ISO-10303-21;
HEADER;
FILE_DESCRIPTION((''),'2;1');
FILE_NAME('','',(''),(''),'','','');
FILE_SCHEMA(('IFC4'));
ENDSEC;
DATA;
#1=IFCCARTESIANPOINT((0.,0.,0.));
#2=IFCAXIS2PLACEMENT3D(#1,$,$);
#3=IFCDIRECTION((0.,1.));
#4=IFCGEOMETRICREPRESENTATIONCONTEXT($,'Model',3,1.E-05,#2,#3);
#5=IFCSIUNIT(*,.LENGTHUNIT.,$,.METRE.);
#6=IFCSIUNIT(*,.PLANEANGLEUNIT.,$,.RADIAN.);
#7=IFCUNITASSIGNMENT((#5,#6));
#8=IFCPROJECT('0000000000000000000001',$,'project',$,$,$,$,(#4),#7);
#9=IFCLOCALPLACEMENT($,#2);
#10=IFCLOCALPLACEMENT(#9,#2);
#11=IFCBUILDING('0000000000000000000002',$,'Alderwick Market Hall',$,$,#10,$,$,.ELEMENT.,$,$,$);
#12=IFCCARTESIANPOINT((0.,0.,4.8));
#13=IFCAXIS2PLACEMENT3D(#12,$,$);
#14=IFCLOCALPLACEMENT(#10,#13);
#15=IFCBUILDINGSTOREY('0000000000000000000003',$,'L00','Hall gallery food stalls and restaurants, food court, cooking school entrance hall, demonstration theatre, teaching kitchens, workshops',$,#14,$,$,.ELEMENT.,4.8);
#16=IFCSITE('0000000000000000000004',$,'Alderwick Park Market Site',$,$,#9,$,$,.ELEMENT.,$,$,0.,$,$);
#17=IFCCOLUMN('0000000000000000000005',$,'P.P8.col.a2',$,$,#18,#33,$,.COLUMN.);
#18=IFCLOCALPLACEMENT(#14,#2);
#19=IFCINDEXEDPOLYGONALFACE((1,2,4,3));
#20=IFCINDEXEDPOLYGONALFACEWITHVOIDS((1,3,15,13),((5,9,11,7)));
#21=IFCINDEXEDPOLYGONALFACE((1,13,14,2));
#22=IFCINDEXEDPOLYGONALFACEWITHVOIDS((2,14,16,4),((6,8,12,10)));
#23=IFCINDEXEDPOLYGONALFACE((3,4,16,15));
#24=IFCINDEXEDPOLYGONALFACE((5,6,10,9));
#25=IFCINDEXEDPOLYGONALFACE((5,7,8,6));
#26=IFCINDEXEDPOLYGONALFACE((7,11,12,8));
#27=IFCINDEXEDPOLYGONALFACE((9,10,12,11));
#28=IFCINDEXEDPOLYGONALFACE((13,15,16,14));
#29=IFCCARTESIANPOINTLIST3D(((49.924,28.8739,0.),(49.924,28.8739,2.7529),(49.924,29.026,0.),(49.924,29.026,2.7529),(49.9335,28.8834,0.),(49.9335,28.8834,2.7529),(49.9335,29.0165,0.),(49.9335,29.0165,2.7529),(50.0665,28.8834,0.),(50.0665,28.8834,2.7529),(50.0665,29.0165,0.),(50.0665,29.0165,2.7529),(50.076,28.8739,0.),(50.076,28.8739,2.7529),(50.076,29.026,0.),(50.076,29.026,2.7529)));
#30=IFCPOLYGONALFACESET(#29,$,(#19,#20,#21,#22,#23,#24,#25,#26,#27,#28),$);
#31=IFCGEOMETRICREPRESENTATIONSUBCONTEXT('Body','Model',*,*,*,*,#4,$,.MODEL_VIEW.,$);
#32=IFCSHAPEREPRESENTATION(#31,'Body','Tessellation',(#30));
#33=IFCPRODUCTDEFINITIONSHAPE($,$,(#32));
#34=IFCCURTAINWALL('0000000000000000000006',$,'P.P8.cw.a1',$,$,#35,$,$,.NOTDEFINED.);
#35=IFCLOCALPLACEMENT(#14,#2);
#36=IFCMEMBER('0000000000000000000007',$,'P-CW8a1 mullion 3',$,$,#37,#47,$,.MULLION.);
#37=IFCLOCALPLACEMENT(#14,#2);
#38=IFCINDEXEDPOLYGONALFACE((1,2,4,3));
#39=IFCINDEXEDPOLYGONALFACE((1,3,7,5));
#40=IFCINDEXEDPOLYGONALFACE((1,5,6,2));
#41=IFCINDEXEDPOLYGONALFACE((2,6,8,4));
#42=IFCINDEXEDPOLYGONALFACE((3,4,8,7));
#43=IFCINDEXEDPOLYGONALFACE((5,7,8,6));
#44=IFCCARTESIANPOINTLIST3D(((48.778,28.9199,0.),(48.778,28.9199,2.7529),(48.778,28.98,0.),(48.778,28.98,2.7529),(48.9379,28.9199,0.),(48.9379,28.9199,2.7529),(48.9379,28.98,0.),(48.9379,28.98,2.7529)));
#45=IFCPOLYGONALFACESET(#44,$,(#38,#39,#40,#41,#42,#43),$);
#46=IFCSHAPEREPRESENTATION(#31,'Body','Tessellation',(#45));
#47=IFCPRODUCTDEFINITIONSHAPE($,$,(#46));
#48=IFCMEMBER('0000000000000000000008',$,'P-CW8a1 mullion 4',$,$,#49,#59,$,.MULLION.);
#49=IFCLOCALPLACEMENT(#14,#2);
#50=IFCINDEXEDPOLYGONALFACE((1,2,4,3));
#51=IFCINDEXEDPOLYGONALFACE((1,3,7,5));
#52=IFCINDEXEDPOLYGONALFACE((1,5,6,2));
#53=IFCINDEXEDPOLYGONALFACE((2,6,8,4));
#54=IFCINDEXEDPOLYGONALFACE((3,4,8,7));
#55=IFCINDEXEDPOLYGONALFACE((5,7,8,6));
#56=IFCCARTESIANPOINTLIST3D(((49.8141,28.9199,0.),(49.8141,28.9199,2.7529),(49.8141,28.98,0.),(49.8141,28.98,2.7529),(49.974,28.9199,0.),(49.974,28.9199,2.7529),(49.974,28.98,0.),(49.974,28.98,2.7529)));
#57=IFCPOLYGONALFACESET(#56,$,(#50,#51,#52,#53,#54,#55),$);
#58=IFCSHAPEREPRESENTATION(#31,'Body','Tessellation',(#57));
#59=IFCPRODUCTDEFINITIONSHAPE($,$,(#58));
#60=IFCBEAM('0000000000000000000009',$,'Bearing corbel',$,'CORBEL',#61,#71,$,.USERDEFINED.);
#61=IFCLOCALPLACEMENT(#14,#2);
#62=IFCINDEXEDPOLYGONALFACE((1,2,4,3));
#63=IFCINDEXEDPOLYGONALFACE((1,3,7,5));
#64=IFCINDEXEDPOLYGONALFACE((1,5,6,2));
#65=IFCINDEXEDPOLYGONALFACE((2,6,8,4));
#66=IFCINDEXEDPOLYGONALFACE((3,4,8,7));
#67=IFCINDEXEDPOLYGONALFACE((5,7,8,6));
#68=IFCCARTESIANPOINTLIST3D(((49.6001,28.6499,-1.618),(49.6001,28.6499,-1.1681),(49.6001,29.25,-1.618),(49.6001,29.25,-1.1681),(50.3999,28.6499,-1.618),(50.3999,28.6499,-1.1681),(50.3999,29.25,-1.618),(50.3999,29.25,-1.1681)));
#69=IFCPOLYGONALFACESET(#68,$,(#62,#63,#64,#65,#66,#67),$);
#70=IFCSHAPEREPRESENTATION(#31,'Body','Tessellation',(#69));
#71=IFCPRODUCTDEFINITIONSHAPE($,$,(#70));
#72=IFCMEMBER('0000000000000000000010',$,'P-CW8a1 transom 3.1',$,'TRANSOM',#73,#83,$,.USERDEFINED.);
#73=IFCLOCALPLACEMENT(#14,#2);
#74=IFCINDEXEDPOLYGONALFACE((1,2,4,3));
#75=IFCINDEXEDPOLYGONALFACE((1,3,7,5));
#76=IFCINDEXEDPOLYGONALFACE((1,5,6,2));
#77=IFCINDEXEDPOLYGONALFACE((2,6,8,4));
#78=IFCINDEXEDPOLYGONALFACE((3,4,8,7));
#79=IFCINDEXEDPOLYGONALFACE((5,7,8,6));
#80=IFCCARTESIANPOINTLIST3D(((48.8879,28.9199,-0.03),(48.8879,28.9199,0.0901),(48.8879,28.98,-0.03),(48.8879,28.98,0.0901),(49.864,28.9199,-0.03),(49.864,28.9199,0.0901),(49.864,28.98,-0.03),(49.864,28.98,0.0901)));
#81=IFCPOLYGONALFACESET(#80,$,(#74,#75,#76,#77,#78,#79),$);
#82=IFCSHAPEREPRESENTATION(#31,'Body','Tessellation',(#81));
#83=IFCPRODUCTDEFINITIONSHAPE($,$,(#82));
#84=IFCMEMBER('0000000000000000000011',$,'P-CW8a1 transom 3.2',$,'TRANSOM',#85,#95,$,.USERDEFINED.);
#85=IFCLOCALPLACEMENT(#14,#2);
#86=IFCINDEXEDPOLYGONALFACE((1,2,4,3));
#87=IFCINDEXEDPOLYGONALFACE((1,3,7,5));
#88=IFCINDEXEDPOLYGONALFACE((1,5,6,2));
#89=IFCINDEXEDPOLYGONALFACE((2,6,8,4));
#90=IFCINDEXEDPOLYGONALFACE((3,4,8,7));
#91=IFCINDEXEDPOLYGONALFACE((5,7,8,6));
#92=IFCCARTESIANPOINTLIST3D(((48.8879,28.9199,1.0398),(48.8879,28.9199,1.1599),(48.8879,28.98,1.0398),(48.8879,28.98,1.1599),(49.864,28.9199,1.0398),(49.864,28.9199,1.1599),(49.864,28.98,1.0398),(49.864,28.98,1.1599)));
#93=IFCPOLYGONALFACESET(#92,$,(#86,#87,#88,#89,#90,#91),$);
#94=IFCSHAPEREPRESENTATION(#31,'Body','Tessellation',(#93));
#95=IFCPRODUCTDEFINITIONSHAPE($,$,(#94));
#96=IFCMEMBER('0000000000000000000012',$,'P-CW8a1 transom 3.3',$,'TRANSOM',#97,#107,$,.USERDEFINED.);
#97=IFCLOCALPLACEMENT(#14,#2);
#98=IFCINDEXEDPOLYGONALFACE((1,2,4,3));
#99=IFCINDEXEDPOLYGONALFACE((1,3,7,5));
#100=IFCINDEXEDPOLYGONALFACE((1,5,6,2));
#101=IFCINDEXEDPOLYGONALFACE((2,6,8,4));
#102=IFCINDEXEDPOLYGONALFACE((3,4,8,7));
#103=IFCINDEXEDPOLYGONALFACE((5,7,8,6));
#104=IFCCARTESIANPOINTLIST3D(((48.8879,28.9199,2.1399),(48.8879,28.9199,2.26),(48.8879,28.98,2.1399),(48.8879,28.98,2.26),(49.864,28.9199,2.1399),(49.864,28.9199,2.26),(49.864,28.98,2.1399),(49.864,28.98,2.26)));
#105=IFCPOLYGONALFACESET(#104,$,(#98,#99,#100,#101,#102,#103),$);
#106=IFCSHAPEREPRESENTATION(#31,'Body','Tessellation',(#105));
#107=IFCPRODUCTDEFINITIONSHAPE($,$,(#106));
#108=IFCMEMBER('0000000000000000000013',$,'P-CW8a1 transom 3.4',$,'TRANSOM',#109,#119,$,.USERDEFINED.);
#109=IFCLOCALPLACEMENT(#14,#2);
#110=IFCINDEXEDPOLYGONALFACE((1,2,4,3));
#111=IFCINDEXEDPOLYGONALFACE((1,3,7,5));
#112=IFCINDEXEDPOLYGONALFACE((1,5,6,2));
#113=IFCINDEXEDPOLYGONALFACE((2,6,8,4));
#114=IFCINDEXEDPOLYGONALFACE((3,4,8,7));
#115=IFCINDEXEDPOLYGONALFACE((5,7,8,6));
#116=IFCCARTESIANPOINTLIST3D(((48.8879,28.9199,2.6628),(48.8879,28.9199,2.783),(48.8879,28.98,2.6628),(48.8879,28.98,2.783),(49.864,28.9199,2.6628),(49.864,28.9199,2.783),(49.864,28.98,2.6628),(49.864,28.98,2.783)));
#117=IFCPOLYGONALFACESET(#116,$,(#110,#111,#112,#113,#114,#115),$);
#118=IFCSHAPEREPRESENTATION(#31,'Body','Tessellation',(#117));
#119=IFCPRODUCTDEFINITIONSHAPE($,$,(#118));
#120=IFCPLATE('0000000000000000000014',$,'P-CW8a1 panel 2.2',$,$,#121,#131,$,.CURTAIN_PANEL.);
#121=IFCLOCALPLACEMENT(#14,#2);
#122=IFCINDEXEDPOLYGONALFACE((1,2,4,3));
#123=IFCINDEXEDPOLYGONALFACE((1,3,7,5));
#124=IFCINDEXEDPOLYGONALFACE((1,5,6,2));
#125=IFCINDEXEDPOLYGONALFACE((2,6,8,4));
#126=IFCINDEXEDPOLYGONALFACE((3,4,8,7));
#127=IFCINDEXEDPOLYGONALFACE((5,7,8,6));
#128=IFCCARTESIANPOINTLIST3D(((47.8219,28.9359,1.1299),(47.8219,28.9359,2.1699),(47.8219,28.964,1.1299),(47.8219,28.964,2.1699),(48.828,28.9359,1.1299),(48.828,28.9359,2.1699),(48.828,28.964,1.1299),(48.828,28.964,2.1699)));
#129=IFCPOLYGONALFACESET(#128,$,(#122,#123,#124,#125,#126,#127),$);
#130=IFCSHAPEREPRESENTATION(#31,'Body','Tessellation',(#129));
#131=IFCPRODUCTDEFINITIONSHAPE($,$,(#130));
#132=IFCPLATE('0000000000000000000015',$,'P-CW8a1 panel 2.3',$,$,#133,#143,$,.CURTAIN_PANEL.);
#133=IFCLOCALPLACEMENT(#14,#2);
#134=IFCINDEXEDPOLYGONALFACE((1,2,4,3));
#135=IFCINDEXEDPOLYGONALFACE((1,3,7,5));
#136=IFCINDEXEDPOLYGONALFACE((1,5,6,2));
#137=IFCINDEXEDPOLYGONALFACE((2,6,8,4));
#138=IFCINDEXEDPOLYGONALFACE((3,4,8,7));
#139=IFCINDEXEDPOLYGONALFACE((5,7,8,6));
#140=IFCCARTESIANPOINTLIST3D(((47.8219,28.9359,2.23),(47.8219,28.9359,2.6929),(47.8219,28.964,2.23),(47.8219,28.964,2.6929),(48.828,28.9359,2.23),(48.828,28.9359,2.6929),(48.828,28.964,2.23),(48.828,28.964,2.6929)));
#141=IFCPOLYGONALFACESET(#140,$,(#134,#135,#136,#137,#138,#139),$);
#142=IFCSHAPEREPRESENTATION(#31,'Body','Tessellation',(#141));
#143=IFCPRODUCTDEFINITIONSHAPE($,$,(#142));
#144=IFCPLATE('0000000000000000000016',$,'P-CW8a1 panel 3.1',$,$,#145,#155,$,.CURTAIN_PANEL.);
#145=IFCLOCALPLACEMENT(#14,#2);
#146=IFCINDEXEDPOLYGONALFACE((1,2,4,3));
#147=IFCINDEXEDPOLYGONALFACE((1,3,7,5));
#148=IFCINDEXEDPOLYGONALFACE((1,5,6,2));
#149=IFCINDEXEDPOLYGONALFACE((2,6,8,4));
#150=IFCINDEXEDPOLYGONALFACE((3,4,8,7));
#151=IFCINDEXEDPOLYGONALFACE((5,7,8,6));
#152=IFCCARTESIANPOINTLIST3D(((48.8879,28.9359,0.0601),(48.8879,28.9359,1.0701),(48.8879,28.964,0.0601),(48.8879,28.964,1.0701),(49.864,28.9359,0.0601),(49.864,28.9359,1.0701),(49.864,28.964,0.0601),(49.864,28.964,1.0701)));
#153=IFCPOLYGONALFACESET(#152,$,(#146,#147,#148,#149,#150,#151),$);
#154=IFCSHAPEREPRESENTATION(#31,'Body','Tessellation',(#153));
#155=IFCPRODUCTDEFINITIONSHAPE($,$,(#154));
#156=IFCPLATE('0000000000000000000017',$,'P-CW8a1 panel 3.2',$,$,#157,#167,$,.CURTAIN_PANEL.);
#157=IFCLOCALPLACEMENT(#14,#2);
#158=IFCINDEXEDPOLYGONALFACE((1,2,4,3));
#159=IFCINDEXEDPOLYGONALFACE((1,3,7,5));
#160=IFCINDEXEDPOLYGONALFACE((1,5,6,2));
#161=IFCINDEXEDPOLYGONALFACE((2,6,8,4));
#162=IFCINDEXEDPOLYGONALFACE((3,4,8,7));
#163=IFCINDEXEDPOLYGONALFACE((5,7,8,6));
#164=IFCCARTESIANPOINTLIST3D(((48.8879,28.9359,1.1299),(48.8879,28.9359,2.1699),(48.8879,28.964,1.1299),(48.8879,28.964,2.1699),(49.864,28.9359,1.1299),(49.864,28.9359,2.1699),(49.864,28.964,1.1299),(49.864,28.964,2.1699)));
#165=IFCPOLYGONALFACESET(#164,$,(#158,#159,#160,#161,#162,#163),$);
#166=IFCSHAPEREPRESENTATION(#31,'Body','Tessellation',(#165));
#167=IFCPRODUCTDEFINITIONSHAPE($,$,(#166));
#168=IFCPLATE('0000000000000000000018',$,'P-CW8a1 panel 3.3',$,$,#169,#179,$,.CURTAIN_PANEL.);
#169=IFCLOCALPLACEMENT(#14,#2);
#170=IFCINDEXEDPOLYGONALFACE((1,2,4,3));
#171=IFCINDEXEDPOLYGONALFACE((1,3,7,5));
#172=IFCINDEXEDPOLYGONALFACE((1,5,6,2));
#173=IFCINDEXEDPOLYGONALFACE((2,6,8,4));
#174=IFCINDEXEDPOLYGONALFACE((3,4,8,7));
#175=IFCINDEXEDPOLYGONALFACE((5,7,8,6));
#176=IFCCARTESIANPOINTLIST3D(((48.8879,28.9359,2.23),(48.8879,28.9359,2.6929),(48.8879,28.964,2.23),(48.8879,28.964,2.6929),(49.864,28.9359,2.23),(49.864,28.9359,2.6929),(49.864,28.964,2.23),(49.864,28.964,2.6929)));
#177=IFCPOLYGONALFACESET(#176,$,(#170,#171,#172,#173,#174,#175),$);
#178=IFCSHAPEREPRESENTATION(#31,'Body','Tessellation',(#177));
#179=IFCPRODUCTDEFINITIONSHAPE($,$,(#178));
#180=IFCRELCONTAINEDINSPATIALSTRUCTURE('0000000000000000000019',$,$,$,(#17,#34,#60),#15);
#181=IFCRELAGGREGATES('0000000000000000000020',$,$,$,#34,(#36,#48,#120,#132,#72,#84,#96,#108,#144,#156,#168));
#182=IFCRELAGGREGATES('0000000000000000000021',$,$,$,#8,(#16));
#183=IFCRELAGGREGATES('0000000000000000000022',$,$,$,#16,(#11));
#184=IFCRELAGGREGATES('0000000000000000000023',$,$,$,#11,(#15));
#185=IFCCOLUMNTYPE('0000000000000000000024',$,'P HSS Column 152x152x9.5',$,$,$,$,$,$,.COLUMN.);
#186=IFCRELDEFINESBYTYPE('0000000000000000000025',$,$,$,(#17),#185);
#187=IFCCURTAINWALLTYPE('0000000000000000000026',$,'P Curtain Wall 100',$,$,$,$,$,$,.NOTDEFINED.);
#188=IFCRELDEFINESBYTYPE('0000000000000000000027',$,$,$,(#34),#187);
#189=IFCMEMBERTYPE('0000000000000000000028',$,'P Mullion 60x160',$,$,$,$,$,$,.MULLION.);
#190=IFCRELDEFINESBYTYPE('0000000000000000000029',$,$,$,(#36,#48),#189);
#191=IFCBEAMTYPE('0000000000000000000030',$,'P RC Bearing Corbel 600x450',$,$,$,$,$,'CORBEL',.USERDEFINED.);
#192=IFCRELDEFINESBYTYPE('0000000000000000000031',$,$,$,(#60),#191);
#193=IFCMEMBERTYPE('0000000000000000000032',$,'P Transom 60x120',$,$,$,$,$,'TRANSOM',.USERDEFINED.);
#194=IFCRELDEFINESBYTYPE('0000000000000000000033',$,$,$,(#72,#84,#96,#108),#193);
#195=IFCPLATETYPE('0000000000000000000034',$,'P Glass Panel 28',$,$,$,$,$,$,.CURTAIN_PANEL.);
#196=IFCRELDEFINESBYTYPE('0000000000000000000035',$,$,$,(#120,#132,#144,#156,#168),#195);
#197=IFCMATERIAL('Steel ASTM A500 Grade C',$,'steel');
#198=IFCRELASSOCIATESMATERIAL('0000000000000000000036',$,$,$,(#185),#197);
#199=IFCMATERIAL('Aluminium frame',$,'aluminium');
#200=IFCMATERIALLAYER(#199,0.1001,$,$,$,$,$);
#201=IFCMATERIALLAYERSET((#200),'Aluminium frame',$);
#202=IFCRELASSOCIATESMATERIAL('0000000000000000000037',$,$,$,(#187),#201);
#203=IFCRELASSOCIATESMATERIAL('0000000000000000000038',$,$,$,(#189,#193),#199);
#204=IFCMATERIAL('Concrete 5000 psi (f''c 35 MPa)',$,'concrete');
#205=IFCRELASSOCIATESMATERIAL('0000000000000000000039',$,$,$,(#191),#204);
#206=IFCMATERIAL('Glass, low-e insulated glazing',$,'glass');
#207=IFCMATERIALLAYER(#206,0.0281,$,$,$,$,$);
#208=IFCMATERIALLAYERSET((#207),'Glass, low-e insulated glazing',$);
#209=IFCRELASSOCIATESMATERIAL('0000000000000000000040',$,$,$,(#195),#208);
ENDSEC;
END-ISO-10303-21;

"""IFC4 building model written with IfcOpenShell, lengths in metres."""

from ifc_helpers import new_model, si_unit, direction, frame, origin, origin_2d, place, context, subcontext, project, spatial, rectangle, hollow_rectangle, extrude, material, layer, layer_set, material_profile, profile_set, type_object, element, aggregate, save


model = new_model("IFC4")

# Units and contexts
model_context = context("Model", 3, precision=1e-05, world=origin(), true_north=direction((0.0, 1.0)))
body_context = subcontext(model_context, "Body", "Model", "MODEL_VIEW")
ifc_project = project(units=[si_unit("LENGTHUNIT", "METRE"), si_unit("PLANEANGLEUNIT", "RADIAN")], contexts=[model_context])

# Site, building, storey
site_placement = place(None, origin())
site = spatial("IfcSite", under=ifc_project, at=site_placement, Name="Alderwick Park Market Site", CompositionType="ELEMENT", RefElevation=0.0)
building_placement = place(site_placement, origin())
building = spatial("IfcBuilding", under=site, at=building_placement, Name="Alderwick Market Hall", CompositionType="ELEMENT")
storey_placement = place(building_placement, frame((0.0, 0.0, 4.8)))
storey = spatial("IfcBuildingStorey", under=building, at=storey_placement, Name="L00", Description="Hall gallery food stalls and restaurants, food court, cooking school entrance hall, demonstration theatre, teaching kitchens, workshops", CompositionType="ELEMENT", Elevation=4.8)

# Column
ifc_material_1 = material(Name="Steel ASTM A500 Grade C", Category="steel")
ifc_material_profile_1 = material_profile(ifc_material_1, hollow_rectangle(XDim=0.1521, YDim=0.1521, WallThickness=0.0095, at=origin_2d()), Name="HSS152x152x9.5")
ifc_profile_set_1 = profile_set([ifc_material_profile_1], Name="Steel ASTM A500 Grade C")
column_type = type_object("IfcColumnType", Name="P HSS Column 152x152x9.5", PredefinedType="COLUMN", material=ifc_profile_set_1)
column_placement = place(storey_placement, frame((50.0, 28.95, 0.0), z_axis=(0.0, 0.0, 1.0), x_axis=(1.0, 0.0, 0.0)))
element("IfcColumn", 1, at=column_placement, inside=storey, type_object=column_type, Name="P.P8.col.a2", PredefinedType="COLUMN", context=body_context, shape_type="SweptSolid", body=[
    extrude(hollow_rectangle(XDim=0.1521, YDim=0.1521, WallThickness=0.0095, at=origin_2d()), origin(), (0.0, 0.0, 1.0), 2.7529),
])

# Curtain wall, members
ifc_material_2 = material(Name="Aluminium frame", Category="aluminium")
ifc_layer_1 = layer(ifc_material_2, 0.1001)
ifc_layer_set_1 = layer_set([ifc_layer_1], Name="Aluminium frame")
curtain_wall_type = type_object("IfcCurtainWallType", Name="P Curtain Wall 100", PredefinedType="NOTDEFINED", material=ifc_layer_set_1)
curtain_wall_placement = place(storey_placement, origin())
curtain_wall = element("IfcCurtainWall", 2, at=curtain_wall_placement, inside=storey, type_object=curtain_wall_type, Name="P.P8.cw.a1", PredefinedType="NOTDEFINED")
ifc_material_profile_2 = material_profile(ifc_material_2, rectangle(XDim=0.0601, YDim=0.1599, at=origin_2d()), Name="P Mullion 60x160")
ifc_profile_set_2 = profile_set([ifc_material_profile_2], Name="Aluminium frame")
member_type_1 = type_object("IfcMemberType", Name="P Mullion 60x160", PredefinedType="MULLION", material=ifc_profile_set_2)
member_1_placement = place(storey_placement, frame((48.8579, 28.95, 0.0), z_axis=(0.0, 0.0, 1.0), x_axis=(0.0, 1.0, 0.0)))
member_1 = element("IfcMember", 3, at=member_1_placement, type_object=member_type_1, Name="P-CW8a1 mullion 3", PredefinedType="MULLION", context=body_context, shape_type="SweptSolid", body=[
    extrude(rectangle(XDim=0.0601, YDim=0.1599, at=origin_2d()), origin(), (0.0, 0.0, 1.0), 2.7529),
])
member_2_placement = place(storey_placement, frame((49.894, 28.95, 0.0), z_axis=(0.0, 0.0, 1.0), x_axis=(0.0, 1.0, 0.0)))
member_2 = element("IfcMember", 4, at=member_2_placement, type_object=member_type_1, Name="P-CW8a1 mullion 4", PredefinedType="MULLION", context=body_context, shape_type="SweptSolid", body=[
    extrude(rectangle(XDim=0.0601, YDim=0.1599, at=origin_2d()), origin(), (0.0, 0.0, 1.0), 2.7529),
])

# Beam
ifc_material_3 = material(Name="Concrete 5000 psi (f'c 35 MPa)", Category="concrete")
ifc_material_profile_3 = material_profile(ifc_material_3, rectangle(XDim=0.6001, YDim=0.45, at=origin_2d()), Name="P RC Bearing Corbel 600x450")
ifc_profile_set_3 = profile_set([ifc_material_profile_3], Name="Concrete 5000 psi (f'c 35 MPa)")
beam_type = type_object("IfcBeamType", Name="P RC Bearing Corbel 600x450", ElementType="CORBEL", PredefinedType="USERDEFINED", material=ifc_profile_set_3)
beam_placement = place(storey_placement, frame((49.6001, 28.95, -1.3931), z_axis=(1.0, 0.0, 0.0), x_axis=(0.0, 1.0, 0.0)))
element("IfcBeam", 5, at=beam_placement, inside=storey, type_object=beam_type, Name="Bearing corbel", ObjectType="CORBEL", PredefinedType="USERDEFINED", context=body_context, shape_type="SweptSolid", body=[
    extrude(rectangle(XDim=0.6001, YDim=0.45, at=origin_2d()), origin(), (0.0, 0.0, 1.0), 0.7998),
])

# Members
ifc_material_profile_4 = material_profile(ifc_material_2, rectangle(XDim=0.0601, YDim=0.1201, at=origin_2d()), Name="P Transom 60x120")
ifc_profile_set_4 = profile_set([ifc_material_profile_4], Name="Aluminium frame")
member_type_2 = type_object("IfcMemberType", Name="P Transom 60x120", ElementType="TRANSOM", PredefinedType="USERDEFINED", material=ifc_profile_set_4)
member_3_placement = place(storey_placement, frame((48.8879, 28.95, 0.03), z_axis=(1.0, 0.0, 0.0), x_axis=(0.0, 1.0, 0.0)))
member_3 = element("IfcMember", 6, at=member_3_placement, type_object=member_type_2, Name="P-CW8a1 transom 3.1", ObjectType="TRANSOM", PredefinedType="USERDEFINED", context=body_context, shape_type="SweptSolid", body=[
    extrude(rectangle(XDim=0.0601, YDim=0.1201, at=origin_2d()), origin(), (0.0, 0.0, 1.0), 0.9761),
])
member_4_placement = place(storey_placement, frame((48.8879, 28.95, 1.0999), z_axis=(1.0, 0.0, 0.0), x_axis=(0.0, 1.0, 0.0)))
member_4 = element("IfcMember", 7, at=member_4_placement, type_object=member_type_2, Name="P-CW8a1 transom 3.2", ObjectType="TRANSOM", PredefinedType="USERDEFINED", context=body_context, shape_type="SweptSolid", body=[
    extrude(rectangle(XDim=0.0601, YDim=0.1201, at=origin_2d()), origin(), (0.0, 0.0, 1.0), 0.9761),
])
member_5_placement = place(storey_placement, frame((48.8879, 28.95, 2.2), z_axis=(1.0, 0.0, 0.0), x_axis=(0.0, 1.0, 0.0)))
member_5 = element("IfcMember", 8, at=member_5_placement, type_object=member_type_2, Name="P-CW8a1 transom 3.3", ObjectType="TRANSOM", PredefinedType="USERDEFINED", context=body_context, shape_type="SweptSolid", body=[
    extrude(rectangle(XDim=0.0601, YDim=0.1201, at=origin_2d()), origin(), (0.0, 0.0, 1.0), 0.9761),
])
member_6_placement = place(storey_placement, frame((48.8879, 28.95, 2.7229), z_axis=(1.0, 0.0, 0.0), x_axis=(0.0, 1.0, 0.0)))
member_6 = element("IfcMember", 9, at=member_6_placement, type_object=member_type_2, Name="P-CW8a1 transom 3.4", ObjectType="TRANSOM", PredefinedType="USERDEFINED", context=body_context, shape_type="SweptSolid", body=[
    extrude(rectangle(XDim=0.0601, YDim=0.1201, at=origin_2d()), origin(), (0.0, 0.0, 1.0), 0.9761),
])

# Plates
ifc_material_4 = material(Name="Glass, low-e insulated glazing", Category="glass")
ifc_layer_2 = layer(ifc_material_4, 0.0281)
ifc_layer_set_2 = layer_set([ifc_layer_2], Name="Glass, low-e insulated glazing")
plate_type_1 = type_object("IfcPlateType", Name="P Glass Panel 28", PredefinedType="CURTAIN_PANEL", material=ifc_layer_set_2)
plate_1_placement = place(storey_placement, frame((48.325, 28.95, 1.1299), z_axis=(0.0, 0.0, 1.0), x_axis=(1.0, 0.0, 0.0)))
plate_1 = element("IfcPlate", 10, at=plate_1_placement, type_object=plate_type_1, Name="P-CW8a1 panel 2.2", PredefinedType="CURTAIN_PANEL", context=body_context, shape_type="SweptSolid", body=[
    extrude(rectangle(XDim=1.0061, YDim=0.0281, at=origin_2d()), origin(), (0.0, 0.0, 1.0), 1.04),
])
plate_2_placement = place(storey_placement, frame((48.325, 28.95, 2.23), z_axis=(0.0, 0.0, 1.0), x_axis=(1.0, 0.0, 0.0)))
plate_2 = element("IfcPlate", 11, at=plate_2_placement, type_object=plate_type_1, Name="P-CW8a1 panel 2.3", PredefinedType="CURTAIN_PANEL", context=body_context, shape_type="SweptSolid", body=[
    extrude(rectangle(XDim=1.0061, YDim=0.0281, at=origin_2d()), origin(), (0.0, 0.0, 1.0), 0.4629),
])
plate_3_placement = place(storey_placement, frame((49.376, 28.95, 0.0601), z_axis=(0.0, 0.0, 1.0), x_axis=(1.0, 0.0, 0.0)))
plate_3 = element("IfcPlate", 12, at=plate_3_placement, type_object=plate_type_1, Name="P-CW8a1 panel 3.1", PredefinedType="CURTAIN_PANEL", context=body_context, shape_type="SweptSolid", body=[
    extrude(rectangle(XDim=0.9761, YDim=0.0281, at=origin_2d()), origin(), (0.0, 0.0, 1.0), 1.01),
])
plate_4_placement = place(storey_placement, frame((49.376, 28.95, 1.1299), z_axis=(0.0, 0.0, 1.0), x_axis=(1.0, 0.0, 0.0)))
plate_4 = element("IfcPlate", 13, at=plate_4_placement, type_object=plate_type_1, Name="P-CW8a1 panel 3.2", PredefinedType="CURTAIN_PANEL", context=body_context, shape_type="SweptSolid", body=[
    extrude(rectangle(XDim=0.9761, YDim=0.0281, at=origin_2d()), origin(), (0.0, 0.0, 1.0), 1.04),
])
plate_5_placement = place(storey_placement, frame((49.376, 28.95, 2.23), z_axis=(0.0, 0.0, 1.0), x_axis=(1.0, 0.0, 0.0)))
plate_5 = element("IfcPlate", 14, at=plate_5_placement, type_object=plate_type_1, Name="P-CW8a1 panel 3.3", PredefinedType="CURTAIN_PANEL", context=body_context, shape_type="SweptSolid", body=[
    extrude(rectangle(XDim=0.9761, YDim=0.0281, at=origin_2d()), origin(), (0.0, 0.0, 1.0), 0.4629),
])
aggregate(curtain_wall, [member_1, member_2, plate_1, plate_2, member_3, member_4, member_5, member_6, plate_3, plate_4, plate_5])

save(model, "model.ifc")
